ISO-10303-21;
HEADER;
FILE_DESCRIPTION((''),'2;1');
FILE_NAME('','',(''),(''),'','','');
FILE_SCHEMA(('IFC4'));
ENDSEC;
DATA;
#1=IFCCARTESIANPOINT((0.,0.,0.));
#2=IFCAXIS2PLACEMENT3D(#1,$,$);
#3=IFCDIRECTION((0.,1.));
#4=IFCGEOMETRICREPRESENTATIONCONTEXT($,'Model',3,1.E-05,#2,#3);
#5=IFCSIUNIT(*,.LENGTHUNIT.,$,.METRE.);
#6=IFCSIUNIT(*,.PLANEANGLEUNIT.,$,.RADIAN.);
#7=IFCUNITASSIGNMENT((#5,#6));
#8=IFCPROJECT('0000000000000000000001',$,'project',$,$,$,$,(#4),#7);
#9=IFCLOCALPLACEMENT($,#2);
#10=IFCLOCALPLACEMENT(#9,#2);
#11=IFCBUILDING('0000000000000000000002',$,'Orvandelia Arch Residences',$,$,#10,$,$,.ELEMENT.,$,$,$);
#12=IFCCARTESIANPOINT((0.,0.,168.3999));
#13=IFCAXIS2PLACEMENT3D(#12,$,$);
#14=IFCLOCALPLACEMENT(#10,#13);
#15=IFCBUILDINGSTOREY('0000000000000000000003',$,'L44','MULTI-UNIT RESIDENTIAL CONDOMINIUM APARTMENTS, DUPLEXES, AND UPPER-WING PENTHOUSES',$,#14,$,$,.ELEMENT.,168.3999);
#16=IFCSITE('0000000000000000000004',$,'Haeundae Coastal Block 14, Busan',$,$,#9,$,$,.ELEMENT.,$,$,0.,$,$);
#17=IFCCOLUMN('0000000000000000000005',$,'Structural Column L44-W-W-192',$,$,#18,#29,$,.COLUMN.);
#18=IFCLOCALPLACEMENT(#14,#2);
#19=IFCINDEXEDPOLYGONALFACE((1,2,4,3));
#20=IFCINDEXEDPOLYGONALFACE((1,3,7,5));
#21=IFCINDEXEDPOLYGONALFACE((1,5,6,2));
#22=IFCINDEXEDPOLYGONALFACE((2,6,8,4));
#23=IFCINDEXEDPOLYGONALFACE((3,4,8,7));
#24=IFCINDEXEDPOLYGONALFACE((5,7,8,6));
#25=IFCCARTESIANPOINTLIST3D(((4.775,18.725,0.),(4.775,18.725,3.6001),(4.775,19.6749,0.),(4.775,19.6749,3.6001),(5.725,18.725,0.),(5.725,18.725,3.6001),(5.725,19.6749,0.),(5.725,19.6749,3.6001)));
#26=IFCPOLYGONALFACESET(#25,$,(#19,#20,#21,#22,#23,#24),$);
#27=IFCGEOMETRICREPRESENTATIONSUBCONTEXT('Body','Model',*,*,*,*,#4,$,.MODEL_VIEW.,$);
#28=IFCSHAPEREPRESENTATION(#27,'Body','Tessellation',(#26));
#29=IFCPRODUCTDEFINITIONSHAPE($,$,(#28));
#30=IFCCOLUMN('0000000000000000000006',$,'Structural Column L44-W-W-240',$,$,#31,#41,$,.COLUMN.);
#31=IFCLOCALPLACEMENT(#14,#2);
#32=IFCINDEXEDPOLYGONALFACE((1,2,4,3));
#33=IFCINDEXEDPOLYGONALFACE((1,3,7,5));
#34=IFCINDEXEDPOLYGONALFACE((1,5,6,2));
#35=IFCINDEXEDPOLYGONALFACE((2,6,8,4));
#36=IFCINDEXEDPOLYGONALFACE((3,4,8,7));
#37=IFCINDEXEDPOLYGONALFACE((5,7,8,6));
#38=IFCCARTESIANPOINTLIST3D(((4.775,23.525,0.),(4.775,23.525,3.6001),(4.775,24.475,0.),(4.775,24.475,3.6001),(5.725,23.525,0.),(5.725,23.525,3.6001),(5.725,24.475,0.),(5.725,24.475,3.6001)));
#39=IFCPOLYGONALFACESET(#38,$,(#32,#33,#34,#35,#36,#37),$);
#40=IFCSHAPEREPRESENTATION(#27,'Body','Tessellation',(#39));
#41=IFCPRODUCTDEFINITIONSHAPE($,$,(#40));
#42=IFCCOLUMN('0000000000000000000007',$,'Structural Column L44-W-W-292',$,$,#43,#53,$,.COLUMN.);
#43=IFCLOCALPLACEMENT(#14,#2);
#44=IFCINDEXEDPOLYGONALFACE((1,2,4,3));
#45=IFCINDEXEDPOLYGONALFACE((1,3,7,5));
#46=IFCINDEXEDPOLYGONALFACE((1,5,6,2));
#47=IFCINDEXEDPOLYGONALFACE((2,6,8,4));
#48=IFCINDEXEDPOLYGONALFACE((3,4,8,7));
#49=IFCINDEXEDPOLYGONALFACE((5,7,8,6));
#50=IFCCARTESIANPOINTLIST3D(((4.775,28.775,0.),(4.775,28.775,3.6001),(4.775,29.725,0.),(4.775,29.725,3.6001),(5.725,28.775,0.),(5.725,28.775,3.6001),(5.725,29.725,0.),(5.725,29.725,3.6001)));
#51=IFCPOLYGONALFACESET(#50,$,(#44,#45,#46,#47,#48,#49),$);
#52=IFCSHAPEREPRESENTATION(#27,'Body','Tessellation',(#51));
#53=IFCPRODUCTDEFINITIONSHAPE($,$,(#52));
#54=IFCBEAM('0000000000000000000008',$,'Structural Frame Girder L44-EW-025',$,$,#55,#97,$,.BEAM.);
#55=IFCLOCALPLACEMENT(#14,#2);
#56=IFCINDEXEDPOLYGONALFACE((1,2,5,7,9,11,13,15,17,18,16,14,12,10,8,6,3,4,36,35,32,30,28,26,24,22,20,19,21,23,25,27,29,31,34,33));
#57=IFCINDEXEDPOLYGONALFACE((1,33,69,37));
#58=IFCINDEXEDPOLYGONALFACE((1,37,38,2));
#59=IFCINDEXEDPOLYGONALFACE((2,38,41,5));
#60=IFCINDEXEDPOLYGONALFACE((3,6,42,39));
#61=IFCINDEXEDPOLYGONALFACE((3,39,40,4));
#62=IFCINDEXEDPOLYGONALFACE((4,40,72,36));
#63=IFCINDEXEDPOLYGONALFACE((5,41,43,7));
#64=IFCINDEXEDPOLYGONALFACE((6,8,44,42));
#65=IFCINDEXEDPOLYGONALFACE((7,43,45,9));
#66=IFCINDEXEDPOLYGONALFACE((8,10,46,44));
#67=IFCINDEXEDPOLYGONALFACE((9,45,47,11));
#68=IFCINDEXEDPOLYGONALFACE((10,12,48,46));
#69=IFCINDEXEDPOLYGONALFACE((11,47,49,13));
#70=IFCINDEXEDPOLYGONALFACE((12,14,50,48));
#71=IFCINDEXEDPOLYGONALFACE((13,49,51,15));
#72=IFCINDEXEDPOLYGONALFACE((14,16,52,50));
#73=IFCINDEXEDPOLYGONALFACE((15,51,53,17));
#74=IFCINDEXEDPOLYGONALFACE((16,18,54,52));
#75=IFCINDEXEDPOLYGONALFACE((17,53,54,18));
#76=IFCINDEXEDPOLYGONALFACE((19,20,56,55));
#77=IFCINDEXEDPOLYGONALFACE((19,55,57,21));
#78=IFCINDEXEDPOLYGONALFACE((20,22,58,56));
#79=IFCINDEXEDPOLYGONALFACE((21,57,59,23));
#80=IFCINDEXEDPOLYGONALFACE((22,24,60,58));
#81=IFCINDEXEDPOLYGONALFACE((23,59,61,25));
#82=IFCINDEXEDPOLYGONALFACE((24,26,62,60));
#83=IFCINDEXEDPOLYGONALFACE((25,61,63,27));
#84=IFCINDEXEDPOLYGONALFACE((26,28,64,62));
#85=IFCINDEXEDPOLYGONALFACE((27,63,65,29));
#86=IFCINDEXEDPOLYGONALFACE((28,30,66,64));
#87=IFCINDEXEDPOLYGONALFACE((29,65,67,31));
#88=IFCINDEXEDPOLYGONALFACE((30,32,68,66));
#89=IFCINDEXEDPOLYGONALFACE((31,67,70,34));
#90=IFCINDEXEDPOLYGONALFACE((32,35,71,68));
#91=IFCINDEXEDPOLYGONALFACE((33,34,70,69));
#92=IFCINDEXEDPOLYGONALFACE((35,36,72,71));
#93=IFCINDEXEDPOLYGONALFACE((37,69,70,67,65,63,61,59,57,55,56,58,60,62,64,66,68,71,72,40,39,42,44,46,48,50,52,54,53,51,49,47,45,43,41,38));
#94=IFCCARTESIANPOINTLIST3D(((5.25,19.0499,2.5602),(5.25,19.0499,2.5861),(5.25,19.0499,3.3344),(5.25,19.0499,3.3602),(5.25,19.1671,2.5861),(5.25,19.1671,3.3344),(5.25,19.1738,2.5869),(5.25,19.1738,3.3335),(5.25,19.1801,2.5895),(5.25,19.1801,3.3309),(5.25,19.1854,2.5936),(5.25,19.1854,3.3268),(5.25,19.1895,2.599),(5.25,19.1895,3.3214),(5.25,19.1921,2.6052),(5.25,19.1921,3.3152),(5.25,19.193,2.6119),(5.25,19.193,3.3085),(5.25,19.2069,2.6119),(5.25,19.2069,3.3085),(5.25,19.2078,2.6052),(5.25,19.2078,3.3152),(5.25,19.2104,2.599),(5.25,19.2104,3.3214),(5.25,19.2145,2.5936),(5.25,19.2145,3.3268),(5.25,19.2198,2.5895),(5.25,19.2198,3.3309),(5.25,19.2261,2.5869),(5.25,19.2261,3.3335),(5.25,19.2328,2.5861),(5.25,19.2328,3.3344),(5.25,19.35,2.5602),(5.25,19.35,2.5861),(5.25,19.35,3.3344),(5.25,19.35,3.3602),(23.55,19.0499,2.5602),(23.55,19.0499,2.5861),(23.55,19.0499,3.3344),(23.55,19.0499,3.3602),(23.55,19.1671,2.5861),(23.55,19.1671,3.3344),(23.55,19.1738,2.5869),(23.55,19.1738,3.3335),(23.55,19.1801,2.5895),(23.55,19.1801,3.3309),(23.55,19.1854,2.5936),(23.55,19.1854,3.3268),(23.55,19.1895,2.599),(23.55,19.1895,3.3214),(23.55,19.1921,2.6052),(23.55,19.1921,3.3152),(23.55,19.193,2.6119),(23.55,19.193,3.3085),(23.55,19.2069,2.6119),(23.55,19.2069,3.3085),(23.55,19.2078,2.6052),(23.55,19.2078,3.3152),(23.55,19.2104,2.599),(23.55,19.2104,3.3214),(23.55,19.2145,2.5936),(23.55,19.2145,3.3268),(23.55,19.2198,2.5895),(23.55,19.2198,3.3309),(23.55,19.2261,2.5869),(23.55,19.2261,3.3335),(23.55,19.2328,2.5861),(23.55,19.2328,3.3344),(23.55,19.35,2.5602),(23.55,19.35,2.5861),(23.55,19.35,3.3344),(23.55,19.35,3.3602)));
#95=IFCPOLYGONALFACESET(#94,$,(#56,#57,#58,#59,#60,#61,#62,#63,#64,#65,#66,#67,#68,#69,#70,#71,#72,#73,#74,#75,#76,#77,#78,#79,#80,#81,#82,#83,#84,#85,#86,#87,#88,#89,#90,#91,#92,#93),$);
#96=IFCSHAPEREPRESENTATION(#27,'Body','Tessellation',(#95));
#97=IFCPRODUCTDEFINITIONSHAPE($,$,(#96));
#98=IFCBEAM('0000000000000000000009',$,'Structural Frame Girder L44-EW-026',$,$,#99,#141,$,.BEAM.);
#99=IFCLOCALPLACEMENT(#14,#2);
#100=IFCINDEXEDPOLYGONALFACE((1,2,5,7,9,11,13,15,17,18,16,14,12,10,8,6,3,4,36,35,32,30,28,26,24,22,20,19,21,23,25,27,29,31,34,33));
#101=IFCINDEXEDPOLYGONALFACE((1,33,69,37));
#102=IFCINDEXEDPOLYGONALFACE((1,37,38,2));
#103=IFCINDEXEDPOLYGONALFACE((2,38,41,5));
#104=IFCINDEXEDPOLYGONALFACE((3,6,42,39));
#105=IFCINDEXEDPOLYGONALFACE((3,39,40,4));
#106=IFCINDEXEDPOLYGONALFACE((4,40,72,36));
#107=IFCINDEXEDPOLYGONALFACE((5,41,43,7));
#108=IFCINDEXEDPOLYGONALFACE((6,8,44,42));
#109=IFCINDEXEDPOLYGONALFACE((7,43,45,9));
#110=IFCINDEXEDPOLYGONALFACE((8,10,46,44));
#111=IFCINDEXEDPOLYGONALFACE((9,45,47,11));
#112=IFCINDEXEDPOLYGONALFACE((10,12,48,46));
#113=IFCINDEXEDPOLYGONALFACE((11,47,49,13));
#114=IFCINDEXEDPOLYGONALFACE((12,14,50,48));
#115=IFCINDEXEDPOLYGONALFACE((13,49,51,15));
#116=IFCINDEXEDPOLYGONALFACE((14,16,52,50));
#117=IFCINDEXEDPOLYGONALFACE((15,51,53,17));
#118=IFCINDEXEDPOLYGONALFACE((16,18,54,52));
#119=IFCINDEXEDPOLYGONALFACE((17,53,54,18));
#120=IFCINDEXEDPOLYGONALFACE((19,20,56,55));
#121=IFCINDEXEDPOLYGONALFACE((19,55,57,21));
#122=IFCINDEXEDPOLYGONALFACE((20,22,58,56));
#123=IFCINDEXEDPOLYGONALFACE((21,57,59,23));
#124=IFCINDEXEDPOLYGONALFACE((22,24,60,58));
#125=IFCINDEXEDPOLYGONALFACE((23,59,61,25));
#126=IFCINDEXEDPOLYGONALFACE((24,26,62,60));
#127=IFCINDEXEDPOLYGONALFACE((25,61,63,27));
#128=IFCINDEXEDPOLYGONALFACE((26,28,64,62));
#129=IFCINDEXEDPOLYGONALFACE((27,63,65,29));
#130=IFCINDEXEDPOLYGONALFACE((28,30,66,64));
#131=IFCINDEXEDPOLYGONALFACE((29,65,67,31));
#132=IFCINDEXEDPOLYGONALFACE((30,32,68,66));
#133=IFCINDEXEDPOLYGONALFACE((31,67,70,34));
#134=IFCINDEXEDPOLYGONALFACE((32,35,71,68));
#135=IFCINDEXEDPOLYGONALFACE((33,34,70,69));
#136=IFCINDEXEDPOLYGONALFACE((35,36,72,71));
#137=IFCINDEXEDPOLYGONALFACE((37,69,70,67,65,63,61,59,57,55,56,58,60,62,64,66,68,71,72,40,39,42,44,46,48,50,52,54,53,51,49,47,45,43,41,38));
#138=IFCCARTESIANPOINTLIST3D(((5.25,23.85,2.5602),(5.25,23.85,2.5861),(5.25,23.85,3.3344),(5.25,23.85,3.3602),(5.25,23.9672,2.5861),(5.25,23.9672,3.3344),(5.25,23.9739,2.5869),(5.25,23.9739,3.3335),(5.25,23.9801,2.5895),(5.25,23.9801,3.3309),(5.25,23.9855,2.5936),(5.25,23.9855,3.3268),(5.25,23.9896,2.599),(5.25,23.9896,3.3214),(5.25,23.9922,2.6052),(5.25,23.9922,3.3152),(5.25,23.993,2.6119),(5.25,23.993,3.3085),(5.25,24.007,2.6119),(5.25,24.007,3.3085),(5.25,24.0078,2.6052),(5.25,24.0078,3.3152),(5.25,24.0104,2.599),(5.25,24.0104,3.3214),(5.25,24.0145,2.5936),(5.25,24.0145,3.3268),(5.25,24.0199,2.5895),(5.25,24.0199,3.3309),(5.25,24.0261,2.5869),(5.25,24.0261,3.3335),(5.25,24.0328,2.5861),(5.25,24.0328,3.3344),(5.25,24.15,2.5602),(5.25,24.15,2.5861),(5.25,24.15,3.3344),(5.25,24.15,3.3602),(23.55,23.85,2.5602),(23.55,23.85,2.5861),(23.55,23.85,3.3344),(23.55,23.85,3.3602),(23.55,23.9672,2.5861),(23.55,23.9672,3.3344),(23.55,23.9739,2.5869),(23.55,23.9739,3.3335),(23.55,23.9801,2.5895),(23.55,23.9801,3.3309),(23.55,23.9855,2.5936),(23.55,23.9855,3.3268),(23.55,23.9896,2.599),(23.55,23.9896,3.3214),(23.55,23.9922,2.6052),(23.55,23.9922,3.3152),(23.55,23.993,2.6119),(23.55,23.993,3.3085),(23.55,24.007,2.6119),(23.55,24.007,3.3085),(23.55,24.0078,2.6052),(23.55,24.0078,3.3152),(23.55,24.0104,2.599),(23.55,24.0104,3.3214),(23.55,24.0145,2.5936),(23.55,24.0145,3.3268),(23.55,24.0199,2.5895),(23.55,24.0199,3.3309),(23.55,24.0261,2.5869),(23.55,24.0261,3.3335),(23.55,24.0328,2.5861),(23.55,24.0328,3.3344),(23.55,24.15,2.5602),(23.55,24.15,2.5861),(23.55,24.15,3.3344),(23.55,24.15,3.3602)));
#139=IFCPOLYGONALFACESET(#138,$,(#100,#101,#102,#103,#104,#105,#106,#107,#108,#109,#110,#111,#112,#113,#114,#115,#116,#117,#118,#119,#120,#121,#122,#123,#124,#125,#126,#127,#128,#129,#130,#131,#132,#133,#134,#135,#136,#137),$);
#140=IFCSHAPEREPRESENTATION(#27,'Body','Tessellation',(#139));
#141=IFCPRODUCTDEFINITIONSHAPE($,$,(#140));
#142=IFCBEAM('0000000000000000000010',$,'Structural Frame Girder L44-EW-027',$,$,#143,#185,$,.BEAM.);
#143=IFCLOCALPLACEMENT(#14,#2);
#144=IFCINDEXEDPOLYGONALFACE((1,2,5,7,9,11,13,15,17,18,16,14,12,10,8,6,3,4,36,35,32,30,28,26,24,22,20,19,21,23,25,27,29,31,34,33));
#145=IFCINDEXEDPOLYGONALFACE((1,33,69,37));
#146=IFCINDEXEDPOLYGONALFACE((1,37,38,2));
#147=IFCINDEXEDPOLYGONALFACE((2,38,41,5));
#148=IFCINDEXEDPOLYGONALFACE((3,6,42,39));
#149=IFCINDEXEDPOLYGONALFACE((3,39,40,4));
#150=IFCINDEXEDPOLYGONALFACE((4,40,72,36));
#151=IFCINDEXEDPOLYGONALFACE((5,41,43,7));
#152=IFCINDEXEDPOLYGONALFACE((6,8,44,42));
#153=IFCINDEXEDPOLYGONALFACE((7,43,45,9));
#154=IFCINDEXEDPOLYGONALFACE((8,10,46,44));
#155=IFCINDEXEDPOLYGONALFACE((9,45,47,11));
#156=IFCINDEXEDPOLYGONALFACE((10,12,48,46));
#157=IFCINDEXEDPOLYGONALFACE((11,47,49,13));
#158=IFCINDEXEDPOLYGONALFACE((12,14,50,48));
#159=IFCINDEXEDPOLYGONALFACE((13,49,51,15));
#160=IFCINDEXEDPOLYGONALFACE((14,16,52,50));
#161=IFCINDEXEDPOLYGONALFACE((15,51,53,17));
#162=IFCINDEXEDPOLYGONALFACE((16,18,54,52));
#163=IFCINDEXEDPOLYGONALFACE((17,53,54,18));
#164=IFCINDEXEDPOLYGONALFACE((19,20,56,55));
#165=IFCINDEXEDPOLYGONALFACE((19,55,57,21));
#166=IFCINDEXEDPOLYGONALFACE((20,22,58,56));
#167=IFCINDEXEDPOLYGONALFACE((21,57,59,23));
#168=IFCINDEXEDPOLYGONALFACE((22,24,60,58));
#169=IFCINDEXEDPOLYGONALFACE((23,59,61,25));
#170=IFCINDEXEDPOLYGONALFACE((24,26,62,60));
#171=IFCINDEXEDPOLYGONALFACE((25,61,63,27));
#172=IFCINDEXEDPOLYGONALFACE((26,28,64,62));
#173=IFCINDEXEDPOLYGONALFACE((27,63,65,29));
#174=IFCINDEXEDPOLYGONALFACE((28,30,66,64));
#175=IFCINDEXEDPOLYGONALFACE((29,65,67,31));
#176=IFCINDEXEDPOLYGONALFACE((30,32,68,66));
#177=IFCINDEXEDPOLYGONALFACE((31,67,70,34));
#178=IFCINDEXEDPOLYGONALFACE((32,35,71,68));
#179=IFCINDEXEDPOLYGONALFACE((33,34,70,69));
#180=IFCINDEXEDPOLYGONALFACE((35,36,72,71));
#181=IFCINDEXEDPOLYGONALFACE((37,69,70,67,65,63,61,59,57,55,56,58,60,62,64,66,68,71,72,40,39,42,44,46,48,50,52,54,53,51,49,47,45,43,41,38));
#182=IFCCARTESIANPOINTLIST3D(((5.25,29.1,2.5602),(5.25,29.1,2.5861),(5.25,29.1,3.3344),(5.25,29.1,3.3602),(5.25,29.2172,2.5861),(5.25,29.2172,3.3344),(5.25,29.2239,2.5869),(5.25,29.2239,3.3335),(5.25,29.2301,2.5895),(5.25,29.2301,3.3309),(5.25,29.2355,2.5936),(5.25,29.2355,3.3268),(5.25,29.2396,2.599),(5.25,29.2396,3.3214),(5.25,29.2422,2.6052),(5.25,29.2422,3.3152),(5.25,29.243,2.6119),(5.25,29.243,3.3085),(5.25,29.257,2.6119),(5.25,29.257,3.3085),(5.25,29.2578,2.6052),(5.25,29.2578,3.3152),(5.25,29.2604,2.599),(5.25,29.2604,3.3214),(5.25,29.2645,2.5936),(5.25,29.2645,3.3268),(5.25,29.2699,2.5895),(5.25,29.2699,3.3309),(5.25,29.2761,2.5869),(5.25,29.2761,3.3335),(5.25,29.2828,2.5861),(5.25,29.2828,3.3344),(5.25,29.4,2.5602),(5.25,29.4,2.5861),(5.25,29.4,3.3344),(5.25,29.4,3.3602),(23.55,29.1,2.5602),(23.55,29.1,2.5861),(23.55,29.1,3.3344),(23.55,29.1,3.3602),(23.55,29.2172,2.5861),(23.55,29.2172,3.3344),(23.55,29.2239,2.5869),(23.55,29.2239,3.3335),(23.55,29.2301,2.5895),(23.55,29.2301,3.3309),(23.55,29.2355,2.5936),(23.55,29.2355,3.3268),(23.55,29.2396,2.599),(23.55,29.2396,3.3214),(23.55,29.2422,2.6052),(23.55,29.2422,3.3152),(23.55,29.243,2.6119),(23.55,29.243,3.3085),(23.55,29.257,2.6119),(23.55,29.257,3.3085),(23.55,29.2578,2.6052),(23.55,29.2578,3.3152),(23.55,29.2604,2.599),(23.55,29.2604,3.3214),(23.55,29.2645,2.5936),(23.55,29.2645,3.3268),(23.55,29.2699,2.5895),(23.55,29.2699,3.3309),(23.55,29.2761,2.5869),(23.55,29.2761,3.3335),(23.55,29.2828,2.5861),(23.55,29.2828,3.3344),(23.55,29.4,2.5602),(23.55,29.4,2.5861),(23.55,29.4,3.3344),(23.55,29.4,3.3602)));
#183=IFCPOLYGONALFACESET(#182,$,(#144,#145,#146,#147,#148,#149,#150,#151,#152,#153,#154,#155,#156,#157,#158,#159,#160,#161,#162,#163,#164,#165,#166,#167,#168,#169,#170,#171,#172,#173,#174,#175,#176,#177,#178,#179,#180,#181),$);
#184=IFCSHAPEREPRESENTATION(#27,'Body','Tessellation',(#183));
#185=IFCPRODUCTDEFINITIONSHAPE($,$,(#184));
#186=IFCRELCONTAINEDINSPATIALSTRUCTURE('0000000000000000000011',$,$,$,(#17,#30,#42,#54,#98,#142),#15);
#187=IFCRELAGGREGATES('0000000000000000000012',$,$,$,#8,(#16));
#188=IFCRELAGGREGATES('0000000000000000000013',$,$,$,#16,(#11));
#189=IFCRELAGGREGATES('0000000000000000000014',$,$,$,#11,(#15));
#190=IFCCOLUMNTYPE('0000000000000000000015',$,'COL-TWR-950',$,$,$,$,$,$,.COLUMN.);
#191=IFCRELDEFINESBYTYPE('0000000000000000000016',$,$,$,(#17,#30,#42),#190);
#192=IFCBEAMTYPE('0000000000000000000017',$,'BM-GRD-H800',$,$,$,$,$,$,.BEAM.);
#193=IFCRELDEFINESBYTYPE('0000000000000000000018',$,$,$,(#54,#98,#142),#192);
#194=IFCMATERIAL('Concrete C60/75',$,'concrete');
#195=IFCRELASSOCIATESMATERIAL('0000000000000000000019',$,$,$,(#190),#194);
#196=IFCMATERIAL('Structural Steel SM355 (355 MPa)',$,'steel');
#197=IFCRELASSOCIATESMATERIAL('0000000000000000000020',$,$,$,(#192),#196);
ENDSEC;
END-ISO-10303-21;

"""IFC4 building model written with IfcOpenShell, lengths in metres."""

from ifc_helpers import new_model, si_unit, direction, frame, origin, origin_2d, place, context, subcontext, project, spatial, rectangle, i_section, extrude, material, material_profile, profile_set, type_object, element, save


model = new_model("IFC4")

# Units and contexts
model_context = context("Model", 3, precision=1e-05, world=origin(), true_north=direction((0.0, 1.0)))
body_context = subcontext(model_context, "Body", "Model", "MODEL_VIEW")
ifc_project = project(units=[si_unit("LENGTHUNIT", "METRE"), si_unit("PLANEANGLEUNIT", "RADIAN")], contexts=[model_context])

# Site, building, storey
site_placement = place(None, origin())
site = spatial("IfcSite", under=ifc_project, at=site_placement, Name="Haeundae Coastal Block 14, Busan", CompositionType="ELEMENT", RefElevation=0.0)
building_placement = place(site_placement, origin())
building = spatial("IfcBuilding", under=site, at=building_placement, Name="Orvandelia Arch Residences", CompositionType="ELEMENT")
storey_placement = place(building_placement, frame((0.0, 0.0, 168.3999)))
storey = spatial("IfcBuildingStorey", under=building, at=storey_placement, Name="L44", Description="MULTI-UNIT RESIDENTIAL CONDOMINIUM APARTMENTS, DUPLEXES, AND UPPER-WING PENTHOUSES", CompositionType="ELEMENT", Elevation=168.3999)

# Columns
ifc_material_1 = material(Name="Concrete C60/75", Category="concrete")
ifc_material_profile_1 = material_profile(ifc_material_1, rectangle(XDim=0.95, YDim=0.95, at=origin_2d()), Name="Concrete C60/75", Category="concrete")
ifc_profile_set_1 = profile_set([ifc_material_profile_1], Name="Concrete C60/75")
column_type = type_object("IfcColumnType", Name="COL-TWR-950", PredefinedType="COLUMN", material=ifc_profile_set_1)
for number, where, z_axis, x_axis, name in (
    (1, (5.25, 19.2, 0.0), (0.0, 0.0, 1.0), (1.0, 0.0, 0.0), "Structural Column L44-W-W-192"),
    (2, (5.25, 24.0, 0.0), (0.0, 0.0, 1.0), (1.0, 0.0, 0.0), "Structural Column L44-W-W-240"),
    (3, (5.25, 29.25, 0.0), (0.0, 0.0, 1.0), (1.0, 0.0, 0.0), "Structural Column L44-W-W-292"),
):
    element("IfcColumn", number, at=place(storey_placement, frame(where, z_axis=z_axis, x_axis=x_axis)), inside=storey, type_object=column_type, Name=name, PredefinedType="COLUMN", context=body_context, shape_type="SweptSolid", body=[
        extrude(rectangle(XDim=0.95, YDim=0.95, at=origin_2d()), origin(), (0.0, 0.0, 1.0), 3.6001),
    ])

# Beams
ifc_material_2 = material(Name="Structural Steel SM355 (355 MPa)", Category="steel")
ifc_material_profile_2 = material_profile(ifc_material_2, i_section(OverallWidth=0.3, OverallDepth=0.8, WebThickness=0.0139, FlangeThickness=0.0259, FilletRadius=0.0259, at=origin_2d()), Name="Structural Steel SM355 (355 MPa)", Category="steel")
ifc_profile_set_2 = profile_set([ifc_material_profile_2], Name="Structural Steel SM355 (355 MPa)")
beam_type_1 = type_object("IfcBeamType", Name="BM-GRD-H800", PredefinedType="BEAM", material=ifc_profile_set_2)
for number, where, z_axis, x_axis, name in (
    (4, (5.25, 19.2, 2.9602), (1.0, 0.0, 0.0), (0.0, 1.0, 0.0), "Structural Frame Girder L44-EW-025"),
    (5, (5.25, 24.0, 2.9602), (1.0, 0.0, 0.0), (0.0, 1.0, 0.0), "Structural Frame Girder L44-EW-026"),
    (6, (5.25, 29.25, 2.9602), (1.0, 0.0, 0.0), (0.0, 1.0, 0.0), "Structural Frame Girder L44-EW-027"),
):
    element("IfcBeam", number, at=place(storey_placement, frame(where, z_axis=z_axis, x_axis=x_axis)), inside=storey, type_object=beam_type_1, Name=name, PredefinedType="BEAM", context=body_context, shape_type="SweptSolid", body=[
        extrude(i_section(OverallWidth=0.3, OverallDepth=0.8, WebThickness=0.0139, FlangeThickness=0.0259, FilletRadius=0.0259, at=origin_2d()), origin(), (0.0, 0.0, 1.0), 18.3),
    ])

save(model, "model.ifc")
